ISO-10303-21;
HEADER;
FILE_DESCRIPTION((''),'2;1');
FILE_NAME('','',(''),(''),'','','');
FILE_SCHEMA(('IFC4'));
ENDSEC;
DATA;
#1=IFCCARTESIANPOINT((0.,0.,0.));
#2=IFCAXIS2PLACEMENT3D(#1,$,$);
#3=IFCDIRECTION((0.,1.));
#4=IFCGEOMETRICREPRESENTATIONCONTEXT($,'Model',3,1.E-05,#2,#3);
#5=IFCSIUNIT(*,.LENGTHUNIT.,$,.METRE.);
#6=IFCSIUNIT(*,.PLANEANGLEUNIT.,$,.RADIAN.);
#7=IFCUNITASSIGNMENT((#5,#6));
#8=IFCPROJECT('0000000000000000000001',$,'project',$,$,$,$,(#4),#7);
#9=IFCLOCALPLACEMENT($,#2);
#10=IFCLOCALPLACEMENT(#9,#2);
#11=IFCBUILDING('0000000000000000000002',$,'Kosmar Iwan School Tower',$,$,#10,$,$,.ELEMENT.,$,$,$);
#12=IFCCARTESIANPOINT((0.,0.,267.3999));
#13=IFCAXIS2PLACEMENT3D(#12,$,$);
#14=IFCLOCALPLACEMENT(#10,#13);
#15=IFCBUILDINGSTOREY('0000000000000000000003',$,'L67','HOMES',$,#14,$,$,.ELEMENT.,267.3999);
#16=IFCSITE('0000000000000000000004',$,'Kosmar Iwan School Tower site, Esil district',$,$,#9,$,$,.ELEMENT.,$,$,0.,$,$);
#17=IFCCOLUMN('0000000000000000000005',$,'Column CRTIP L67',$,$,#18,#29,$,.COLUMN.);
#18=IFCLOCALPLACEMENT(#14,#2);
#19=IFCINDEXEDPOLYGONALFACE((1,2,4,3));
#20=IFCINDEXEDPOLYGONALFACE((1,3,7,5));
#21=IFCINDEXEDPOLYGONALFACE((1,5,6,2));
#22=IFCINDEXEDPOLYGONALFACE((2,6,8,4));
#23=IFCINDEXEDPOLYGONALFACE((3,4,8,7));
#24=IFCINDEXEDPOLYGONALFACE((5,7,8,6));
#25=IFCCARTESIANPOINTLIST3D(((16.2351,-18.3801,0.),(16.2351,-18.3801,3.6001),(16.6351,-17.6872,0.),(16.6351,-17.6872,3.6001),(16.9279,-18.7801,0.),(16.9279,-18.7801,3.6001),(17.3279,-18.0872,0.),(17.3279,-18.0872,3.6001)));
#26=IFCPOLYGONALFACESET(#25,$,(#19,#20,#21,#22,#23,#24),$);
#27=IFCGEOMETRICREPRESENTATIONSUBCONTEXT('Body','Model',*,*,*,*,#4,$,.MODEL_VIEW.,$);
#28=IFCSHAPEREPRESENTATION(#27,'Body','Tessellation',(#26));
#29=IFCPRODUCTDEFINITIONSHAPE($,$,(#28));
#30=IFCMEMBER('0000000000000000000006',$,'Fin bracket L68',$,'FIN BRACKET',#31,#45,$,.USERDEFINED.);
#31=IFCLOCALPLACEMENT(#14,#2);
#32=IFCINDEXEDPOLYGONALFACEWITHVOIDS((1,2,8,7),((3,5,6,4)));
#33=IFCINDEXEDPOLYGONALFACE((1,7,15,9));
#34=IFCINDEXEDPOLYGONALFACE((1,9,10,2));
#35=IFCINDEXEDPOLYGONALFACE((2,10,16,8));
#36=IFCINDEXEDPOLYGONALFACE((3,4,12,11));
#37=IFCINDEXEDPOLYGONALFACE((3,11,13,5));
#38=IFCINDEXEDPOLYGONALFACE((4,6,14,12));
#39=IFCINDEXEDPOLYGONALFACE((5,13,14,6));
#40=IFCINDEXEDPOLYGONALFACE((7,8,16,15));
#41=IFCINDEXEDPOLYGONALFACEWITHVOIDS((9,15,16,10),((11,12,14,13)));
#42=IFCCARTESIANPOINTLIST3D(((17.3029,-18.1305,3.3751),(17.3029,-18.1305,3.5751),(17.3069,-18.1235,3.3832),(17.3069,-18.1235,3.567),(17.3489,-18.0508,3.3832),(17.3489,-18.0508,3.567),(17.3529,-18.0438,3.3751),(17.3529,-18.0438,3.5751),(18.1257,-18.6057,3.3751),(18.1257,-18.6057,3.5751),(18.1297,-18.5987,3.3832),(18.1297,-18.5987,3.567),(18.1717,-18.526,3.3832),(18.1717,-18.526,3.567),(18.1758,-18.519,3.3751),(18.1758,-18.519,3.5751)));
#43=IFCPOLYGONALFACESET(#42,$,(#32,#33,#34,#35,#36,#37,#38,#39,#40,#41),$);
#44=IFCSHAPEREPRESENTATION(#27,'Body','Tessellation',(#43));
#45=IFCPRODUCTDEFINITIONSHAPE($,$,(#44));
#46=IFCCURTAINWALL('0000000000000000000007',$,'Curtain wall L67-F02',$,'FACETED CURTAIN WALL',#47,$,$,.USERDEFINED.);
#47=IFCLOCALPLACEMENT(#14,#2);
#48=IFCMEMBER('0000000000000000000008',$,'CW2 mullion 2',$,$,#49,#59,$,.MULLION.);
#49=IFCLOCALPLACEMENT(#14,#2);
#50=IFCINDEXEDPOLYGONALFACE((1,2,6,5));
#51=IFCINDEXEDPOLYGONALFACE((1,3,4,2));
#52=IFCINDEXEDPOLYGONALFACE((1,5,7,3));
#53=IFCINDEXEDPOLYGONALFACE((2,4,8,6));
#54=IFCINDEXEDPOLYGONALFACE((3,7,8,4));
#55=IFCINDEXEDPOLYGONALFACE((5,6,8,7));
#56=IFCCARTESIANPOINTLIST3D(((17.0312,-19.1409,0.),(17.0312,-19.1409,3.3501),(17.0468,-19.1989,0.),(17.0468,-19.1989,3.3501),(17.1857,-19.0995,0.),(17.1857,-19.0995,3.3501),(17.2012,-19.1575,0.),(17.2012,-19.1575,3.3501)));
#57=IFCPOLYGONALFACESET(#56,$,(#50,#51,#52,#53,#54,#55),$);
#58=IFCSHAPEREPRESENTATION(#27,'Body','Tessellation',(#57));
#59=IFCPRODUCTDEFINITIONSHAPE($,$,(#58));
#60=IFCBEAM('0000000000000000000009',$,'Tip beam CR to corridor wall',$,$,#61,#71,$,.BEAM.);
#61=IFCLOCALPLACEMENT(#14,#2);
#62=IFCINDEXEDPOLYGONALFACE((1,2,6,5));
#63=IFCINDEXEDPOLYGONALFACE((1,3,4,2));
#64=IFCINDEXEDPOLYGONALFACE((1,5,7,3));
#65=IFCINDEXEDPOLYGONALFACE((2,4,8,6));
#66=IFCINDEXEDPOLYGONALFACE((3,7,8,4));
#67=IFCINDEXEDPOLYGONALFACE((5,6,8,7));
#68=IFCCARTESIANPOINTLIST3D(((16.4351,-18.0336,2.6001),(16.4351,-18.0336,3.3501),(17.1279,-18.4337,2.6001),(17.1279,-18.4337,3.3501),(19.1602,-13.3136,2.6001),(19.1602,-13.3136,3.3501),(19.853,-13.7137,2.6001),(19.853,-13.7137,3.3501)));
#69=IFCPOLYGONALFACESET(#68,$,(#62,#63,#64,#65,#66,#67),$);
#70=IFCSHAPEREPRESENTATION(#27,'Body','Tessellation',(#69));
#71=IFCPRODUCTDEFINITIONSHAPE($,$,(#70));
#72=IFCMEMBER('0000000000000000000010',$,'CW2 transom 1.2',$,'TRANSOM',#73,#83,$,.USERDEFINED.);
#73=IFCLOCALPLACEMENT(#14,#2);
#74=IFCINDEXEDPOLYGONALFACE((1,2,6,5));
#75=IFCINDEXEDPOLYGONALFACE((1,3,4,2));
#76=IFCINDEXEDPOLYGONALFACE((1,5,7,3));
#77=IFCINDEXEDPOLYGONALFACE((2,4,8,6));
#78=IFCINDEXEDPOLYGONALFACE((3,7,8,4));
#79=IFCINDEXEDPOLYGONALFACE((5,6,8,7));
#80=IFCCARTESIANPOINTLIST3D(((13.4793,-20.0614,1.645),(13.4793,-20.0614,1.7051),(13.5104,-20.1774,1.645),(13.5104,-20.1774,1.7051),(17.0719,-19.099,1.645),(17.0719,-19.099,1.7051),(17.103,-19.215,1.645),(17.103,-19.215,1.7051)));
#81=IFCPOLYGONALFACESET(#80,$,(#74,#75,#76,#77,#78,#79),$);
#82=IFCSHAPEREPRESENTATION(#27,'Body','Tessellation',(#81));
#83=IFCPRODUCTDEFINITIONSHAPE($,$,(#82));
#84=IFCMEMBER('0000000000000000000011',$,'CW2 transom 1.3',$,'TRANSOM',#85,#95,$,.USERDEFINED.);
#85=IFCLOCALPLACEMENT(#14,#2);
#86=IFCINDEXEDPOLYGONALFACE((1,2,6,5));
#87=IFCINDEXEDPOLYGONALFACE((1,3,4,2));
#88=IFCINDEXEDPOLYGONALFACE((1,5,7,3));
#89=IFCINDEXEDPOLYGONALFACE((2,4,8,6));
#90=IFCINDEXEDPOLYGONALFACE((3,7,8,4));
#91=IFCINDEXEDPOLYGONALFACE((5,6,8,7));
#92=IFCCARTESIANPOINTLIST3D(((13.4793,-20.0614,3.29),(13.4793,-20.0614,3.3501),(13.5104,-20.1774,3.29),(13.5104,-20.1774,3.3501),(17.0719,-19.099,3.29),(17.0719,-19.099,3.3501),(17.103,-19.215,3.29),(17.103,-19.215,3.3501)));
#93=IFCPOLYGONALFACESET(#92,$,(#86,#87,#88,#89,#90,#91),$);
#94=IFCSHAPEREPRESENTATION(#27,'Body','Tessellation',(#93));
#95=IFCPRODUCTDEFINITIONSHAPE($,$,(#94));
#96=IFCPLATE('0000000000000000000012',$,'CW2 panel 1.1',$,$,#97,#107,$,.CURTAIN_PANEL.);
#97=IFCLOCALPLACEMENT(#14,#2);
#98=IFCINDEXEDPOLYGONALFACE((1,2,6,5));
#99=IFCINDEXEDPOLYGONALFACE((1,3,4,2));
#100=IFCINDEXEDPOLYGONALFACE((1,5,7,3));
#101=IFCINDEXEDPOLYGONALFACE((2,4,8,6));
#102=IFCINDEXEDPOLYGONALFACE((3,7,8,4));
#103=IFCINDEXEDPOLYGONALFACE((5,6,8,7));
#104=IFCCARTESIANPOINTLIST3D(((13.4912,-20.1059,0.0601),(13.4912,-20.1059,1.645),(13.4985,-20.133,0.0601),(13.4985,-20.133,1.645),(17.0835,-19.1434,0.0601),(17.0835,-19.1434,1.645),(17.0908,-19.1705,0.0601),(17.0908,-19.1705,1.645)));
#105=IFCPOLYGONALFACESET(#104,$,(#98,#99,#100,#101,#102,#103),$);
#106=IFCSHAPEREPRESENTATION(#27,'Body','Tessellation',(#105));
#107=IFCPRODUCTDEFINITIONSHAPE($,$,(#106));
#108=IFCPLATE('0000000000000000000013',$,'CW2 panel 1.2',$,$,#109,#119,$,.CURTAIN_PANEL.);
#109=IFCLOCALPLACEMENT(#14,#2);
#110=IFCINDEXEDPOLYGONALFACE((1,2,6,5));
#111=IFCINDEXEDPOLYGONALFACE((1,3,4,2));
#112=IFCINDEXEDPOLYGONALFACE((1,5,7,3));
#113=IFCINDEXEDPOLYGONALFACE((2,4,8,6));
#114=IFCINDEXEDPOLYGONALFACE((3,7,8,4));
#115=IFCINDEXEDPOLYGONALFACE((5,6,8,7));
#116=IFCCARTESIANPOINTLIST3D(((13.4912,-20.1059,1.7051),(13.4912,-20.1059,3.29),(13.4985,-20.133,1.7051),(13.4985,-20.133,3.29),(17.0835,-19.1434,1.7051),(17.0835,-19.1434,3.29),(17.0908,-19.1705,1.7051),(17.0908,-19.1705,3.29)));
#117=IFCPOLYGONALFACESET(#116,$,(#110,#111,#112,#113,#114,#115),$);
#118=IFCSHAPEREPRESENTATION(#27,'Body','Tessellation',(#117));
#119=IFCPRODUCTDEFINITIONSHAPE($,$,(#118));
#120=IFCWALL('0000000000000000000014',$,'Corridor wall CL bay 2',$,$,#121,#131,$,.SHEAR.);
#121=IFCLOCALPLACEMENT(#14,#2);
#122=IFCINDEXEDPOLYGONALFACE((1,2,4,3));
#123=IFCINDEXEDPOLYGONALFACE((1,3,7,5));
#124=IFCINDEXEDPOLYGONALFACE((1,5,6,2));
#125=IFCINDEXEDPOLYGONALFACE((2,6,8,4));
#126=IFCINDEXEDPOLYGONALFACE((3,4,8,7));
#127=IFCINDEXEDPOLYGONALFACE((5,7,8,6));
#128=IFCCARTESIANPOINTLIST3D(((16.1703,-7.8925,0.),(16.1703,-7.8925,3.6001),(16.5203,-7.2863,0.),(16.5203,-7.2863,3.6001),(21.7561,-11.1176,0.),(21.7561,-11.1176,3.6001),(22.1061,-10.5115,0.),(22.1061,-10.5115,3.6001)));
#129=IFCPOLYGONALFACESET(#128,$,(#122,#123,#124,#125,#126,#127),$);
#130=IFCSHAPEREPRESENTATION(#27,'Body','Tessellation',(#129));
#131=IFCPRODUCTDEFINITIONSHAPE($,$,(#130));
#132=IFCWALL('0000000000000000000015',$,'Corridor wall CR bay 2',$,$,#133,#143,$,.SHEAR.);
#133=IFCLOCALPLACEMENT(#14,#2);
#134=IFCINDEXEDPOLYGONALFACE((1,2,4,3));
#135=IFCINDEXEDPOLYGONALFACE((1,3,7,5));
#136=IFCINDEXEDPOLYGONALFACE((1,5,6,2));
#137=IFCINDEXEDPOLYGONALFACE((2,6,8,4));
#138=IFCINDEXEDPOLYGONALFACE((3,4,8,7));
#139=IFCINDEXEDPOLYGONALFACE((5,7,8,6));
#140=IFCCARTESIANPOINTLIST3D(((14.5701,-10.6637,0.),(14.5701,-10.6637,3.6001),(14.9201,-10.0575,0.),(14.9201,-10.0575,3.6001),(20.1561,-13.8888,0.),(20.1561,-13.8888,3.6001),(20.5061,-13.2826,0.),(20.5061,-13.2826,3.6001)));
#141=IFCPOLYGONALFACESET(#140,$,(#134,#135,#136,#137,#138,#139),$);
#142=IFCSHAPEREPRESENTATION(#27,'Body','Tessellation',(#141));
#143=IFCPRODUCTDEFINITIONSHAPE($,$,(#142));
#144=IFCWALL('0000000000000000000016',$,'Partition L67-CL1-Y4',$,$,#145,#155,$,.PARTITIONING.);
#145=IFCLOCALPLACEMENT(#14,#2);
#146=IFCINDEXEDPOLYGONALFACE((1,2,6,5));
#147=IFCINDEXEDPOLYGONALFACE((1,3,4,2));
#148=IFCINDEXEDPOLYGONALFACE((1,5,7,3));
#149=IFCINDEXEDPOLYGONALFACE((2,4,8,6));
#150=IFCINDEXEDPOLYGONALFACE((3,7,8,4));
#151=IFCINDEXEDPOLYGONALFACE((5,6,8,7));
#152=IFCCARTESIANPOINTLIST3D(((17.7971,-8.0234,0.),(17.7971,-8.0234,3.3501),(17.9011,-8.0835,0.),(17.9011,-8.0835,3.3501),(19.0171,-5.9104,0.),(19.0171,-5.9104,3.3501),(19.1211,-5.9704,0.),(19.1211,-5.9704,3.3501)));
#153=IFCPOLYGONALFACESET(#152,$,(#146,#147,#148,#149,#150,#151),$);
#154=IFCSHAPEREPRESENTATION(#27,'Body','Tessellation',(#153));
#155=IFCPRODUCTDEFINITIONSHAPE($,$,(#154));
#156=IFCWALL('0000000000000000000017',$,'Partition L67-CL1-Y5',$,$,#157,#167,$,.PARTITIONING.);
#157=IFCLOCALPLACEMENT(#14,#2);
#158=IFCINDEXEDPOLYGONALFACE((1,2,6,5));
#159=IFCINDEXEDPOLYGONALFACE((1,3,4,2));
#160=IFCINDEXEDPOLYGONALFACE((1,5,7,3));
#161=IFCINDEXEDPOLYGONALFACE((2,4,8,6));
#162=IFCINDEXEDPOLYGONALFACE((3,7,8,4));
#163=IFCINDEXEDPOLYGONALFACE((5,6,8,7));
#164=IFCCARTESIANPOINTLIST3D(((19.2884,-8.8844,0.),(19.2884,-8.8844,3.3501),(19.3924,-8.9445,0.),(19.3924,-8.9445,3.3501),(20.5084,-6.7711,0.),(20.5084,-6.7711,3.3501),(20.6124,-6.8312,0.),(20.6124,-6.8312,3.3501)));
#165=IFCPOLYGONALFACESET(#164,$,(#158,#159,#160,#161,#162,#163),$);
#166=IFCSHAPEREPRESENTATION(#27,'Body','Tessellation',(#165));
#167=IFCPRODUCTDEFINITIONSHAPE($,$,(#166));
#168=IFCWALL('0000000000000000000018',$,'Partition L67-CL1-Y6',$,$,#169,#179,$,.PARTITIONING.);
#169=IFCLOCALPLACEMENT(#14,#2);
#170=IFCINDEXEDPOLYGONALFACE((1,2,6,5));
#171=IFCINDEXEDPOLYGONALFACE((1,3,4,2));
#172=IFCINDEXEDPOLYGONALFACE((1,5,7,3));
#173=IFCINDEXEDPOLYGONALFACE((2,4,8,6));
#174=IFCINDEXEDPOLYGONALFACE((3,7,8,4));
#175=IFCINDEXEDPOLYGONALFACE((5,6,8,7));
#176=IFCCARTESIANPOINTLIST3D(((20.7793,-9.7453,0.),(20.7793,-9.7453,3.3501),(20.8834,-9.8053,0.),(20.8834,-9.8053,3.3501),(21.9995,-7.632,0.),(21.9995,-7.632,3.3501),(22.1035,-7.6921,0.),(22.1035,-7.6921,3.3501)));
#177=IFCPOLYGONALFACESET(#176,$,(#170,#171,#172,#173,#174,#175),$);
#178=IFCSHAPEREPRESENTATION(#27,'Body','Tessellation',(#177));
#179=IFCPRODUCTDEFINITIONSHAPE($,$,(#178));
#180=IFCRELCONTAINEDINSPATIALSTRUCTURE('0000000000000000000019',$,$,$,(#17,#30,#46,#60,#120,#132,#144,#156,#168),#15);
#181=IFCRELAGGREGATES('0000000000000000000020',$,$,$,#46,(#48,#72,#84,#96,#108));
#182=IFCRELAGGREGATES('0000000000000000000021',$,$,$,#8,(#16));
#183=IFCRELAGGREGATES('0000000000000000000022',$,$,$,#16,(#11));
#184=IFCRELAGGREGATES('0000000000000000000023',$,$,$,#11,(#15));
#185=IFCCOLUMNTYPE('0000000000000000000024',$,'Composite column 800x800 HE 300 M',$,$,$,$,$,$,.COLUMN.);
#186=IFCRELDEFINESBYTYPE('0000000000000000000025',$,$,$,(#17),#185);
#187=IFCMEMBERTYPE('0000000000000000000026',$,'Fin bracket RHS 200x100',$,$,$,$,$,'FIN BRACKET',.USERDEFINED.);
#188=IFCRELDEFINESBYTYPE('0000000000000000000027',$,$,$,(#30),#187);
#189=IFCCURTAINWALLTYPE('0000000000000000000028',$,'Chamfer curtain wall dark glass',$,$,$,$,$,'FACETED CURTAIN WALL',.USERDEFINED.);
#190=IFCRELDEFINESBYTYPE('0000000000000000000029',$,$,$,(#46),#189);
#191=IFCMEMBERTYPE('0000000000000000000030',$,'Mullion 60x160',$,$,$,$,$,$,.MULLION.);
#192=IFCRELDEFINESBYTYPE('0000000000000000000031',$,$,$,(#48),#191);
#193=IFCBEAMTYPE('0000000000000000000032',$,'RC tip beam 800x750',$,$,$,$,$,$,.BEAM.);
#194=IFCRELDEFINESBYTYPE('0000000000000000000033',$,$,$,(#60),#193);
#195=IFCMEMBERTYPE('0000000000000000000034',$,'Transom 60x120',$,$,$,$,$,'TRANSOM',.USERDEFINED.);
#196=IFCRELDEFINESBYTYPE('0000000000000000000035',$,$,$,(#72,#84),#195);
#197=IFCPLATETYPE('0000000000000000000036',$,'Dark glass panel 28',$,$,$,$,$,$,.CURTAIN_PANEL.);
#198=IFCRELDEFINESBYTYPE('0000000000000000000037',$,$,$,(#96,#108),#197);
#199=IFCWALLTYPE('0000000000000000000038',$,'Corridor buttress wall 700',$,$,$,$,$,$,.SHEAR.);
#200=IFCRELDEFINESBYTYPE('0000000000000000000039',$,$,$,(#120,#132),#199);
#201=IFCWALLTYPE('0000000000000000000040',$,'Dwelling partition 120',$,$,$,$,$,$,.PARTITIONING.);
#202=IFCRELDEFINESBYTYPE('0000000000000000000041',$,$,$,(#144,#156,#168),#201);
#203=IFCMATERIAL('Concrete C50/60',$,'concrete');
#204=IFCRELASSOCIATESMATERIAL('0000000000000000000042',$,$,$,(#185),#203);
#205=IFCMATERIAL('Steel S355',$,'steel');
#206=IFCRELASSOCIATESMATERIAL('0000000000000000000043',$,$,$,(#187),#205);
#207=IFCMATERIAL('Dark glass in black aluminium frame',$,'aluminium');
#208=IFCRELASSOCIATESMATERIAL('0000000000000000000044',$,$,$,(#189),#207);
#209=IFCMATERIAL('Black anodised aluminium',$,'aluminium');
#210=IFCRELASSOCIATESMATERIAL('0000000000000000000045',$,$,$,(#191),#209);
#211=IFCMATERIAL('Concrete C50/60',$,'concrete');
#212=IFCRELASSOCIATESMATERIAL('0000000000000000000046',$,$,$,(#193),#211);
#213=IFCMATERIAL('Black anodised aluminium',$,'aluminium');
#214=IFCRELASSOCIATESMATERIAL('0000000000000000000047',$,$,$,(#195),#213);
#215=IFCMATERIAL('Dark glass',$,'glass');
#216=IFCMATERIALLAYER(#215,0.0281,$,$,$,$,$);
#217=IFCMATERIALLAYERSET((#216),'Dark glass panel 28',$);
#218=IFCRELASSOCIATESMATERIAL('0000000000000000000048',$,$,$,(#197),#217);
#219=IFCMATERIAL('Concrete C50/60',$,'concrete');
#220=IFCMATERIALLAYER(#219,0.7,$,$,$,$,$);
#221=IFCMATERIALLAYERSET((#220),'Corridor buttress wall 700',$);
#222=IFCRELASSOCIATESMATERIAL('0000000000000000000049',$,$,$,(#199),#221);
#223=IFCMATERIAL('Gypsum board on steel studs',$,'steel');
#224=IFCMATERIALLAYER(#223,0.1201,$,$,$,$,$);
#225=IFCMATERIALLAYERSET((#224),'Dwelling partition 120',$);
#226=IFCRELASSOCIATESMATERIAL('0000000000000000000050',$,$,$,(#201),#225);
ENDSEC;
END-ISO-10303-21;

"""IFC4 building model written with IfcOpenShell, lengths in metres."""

from ifc_helpers import new_model, si_unit, direction, frame, frame_2d, origin, origin_2d, place, context, subcontext, project, spatial, rectangle, hollow_rectangle, extrude, material, layer, layer_set, material_profile, profile_set, type_object, element, aggregate, save


model = new_model("IFC4")

# Units and contexts
model_context = context("Model", 3, precision=1e-05, world=origin(), true_north=direction((0.0, 1.0)))
body_context = subcontext(model_context, "Body", "Model", "MODEL_VIEW")
ifc_project = project(units=[si_unit("LENGTHUNIT", "METRE"), si_unit("PLANEANGLEUNIT", "RADIAN")], contexts=[model_context])

# Site, building, storey
site_placement = place(None, origin())
site = spatial("IfcSite", under=ifc_project, at=site_placement, Name="Kosmar Iwan School Tower site, Esil district", CompositionType="ELEMENT", RefElevation=0.0)
building_placement = place(site_placement, origin())
building = spatial("IfcBuilding", under=site, at=building_placement, Name="Kosmar Iwan School Tower", CompositionType="ELEMENT")
storey_placement = place(building_placement, frame((0.0, 0.0, 267.3999)))
storey = spatial("IfcBuildingStorey", under=building, at=storey_placement, Name="L67", Description="HOMES", CompositionType="ELEMENT", Elevation=267.3999)

# Column
ifc_material_1 = material(Name="Concrete C50/60", Category="concrete")
ifc_material_profile_1 = material_profile(ifc_material_1, rectangle(XDim=0.8, YDim=0.8, at=origin_2d()), Name="RC 800x800 + HE 300 M")
ifc_profile_set_1 = profile_set([ifc_material_profile_1], Name="Concrete C50/60")
column_type = type_object("IfcColumnType", Name="Composite column 800x800 HE 300 M", PredefinedType="COLUMN", material=ifc_profile_set_1)
column_placement = place(storey_placement, frame((16.7815, -18.2336, 0.0), z_axis=(0.0, 0.0, 1.0), x_axis=(0.866025, -0.5, 0.0)))
element("IfcColumn", 1, at=column_placement, inside=storey, type_object=column_type, Name="Column CRTIP L67", PredefinedType="COLUMN", context=body_context, shape_type="SweptSolid", body=[
    extrude(rectangle(XDim=0.8, YDim=0.8, at=origin_2d()), origin(), (0.0, 0.0, 1.0), 3.6001),
])

# Member
ifc_material_2 = material(Name="Steel S355", Category="steel")
ifc_material_profile_2 = material_profile(ifc_material_2, hollow_rectangle(XDim=0.1001, YDim=0.2, WallThickness=0.0081, at=origin_2d()), Name="RHS 200x100x8")
ifc_profile_set_2 = profile_set([ifc_material_profile_2], Name="Steel S355")
member_type_1 = type_object("IfcMemberType", Name="Fin bracket RHS 200x100", ElementType="FIN BRACKET", PredefinedType="USERDEFINED", material=ifc_profile_set_2)
member_1_placement = place(storey_placement, frame((17.3279, -18.0872, 3.4751), z_axis=(0.865989, -0.500064, 0.0), x_axis=(0.500064, 0.865989, 0.0)))
element("IfcMember", 2, at=member_1_placement, inside=storey, type_object=member_type_1, Name="Fin bracket L68", ObjectType="FIN BRACKET", PredefinedType="USERDEFINED", context=body_context, shape_type="SweptSolid", body=[
    extrude(hollow_rectangle(XDim=0.1001, YDim=0.2, WallThickness=0.0081, at=origin_2d()), origin(), (0.0, 0.0, 1.0), 0.9502),
])

# Curtain wall, member
ifc_material_3 = material(Name="Dark glass in black aluminium frame", Category="aluminium")
curtain_wall_type = type_object("IfcCurtainWallType", Name="Chamfer curtain wall dark glass", ElementType="FACETED CURTAIN WALL", PredefinedType="USERDEFINED", material=ifc_material_3)
curtain_wall_placement = place(storey_placement, origin())
curtain_wall = element("IfcCurtainWall", 3, at=curtain_wall_placement, inside=storey, type_object=curtain_wall_type, Name="Curtain wall L67-F02", ObjectType="FACETED CURTAIN WALL", PredefinedType="USERDEFINED")
ifc_material_4 = material(Name="Black anodised aluminium", Category="aluminium")
ifc_material_profile_3 = material_profile(ifc_material_4, rectangle(XDim=0.0601, YDim=0.1599, at=origin_2d()), Name="MULLION 60x160")
ifc_profile_set_3 = profile_set([ifc_material_profile_3], Name="Black anodised aluminium")
member_type_2 = type_object("IfcMemberType", Name="Mullion 60x160", PredefinedType="MULLION", material=ifc_profile_set_3)
member_2_placement = place(storey_placement, frame((17.1162, -19.1492, 0.0), z_axis=(0.0, 0.0, 1.0), x_axis=(-0.258819, 0.965926, 0.0)))
member_2 = element("IfcMember", 4, at=member_2_placement, type_object=member_type_2, Name="CW2 mullion 2", PredefinedType="MULLION", context=body_context, shape_type="SweptSolid", body=[
    extrude(rectangle(XDim=0.0601, YDim=0.1599, at=origin_2d()), origin(), (0.0, 0.0, 1.0), 3.3501),
])

# Beam
ifc_material_5 = material(Name="Concrete C50/60", Category="concrete")
ifc_material_profile_4 = material_profile(ifc_material_5, rectangle(XDim=0.8, YDim=0.75, at=origin_2d()), Name="RC 800x750")
ifc_profile_set_4 = profile_set([ifc_material_profile_4], Name="Concrete C50/60")
beam_type = type_object("IfcBeamType", Name="RC tip beam 800x750", PredefinedType="BEAM", material=ifc_profile_set_4)
beam_placement = place(storey_placement, frame((16.7815, -18.2336, 2.9751), z_axis=(0.500003, 0.866024, 0.0), x_axis=(-0.866024, 0.500003, 0.0)))
element("IfcBeam", 5, at=beam_placement, inside=storey, type_object=beam_type, Name="Tip beam CR to corridor wall", PredefinedType="BEAM", context=body_context, shape_type="SweptSolid", body=[
    extrude(rectangle(XDim=0.8, YDim=0.75, at=origin_2d()), origin(), (0.0, 0.0, 1.0), 5.4502),
])

# Members
ifc_material_6 = material(Name="Black anodised aluminium", Category="aluminium")
ifc_material_profile_5 = material_profile(ifc_material_6, rectangle(XDim=0.1201, YDim=0.0601, at=origin_2d()), Name="TRANSOM 60x120")
ifc_profile_set_5 = profile_set([ifc_material_profile_5], Name="Black anodised aluminium")
member_type_3 = type_object("IfcMemberType", Name="Transom 60x120", ElementType="TRANSOM", PredefinedType="USERDEFINED", material=ifc_profile_set_5)
member_3_placement = place(storey_placement, frame((13.4949, -20.1194, 1.675), z_axis=(0.96594, 0.258766, 0.0), x_axis=(-0.258766, 0.96594, 0.0)))
member_3 = element("IfcMember", 6, at=member_3_placement, type_object=member_type_3, Name="CW2 transom 1.2", ObjectType="TRANSOM", PredefinedType="USERDEFINED", context=body_context, shape_type="SweptSolid", body=[
    extrude(rectangle(XDim=0.1201, YDim=0.0601, at=origin_2d()), origin(), (0.0, 0.0, 1.0), 3.7192),
])
member_4_placement = place(storey_placement, frame((13.4949, -20.1194, 3.3201), z_axis=(0.96594, 0.258766, 0.0), x_axis=(-0.258766, 0.96594, 0.0)))
member_4 = element("IfcMember", 7, at=member_4_placement, type_object=member_type_3, Name="CW2 transom 1.3", ObjectType="TRANSOM", PredefinedType="USERDEFINED", context=body_context, shape_type="SweptSolid", body=[
    extrude(rectangle(XDim=0.1201, YDim=0.0601, at=origin_2d()), origin(), (0.0, 0.0, 1.0), 3.7192),
])

# Plates
ifc_material_7 = material(Name="Dark glass", Category="glass")
ifc_layer_1 = layer(ifc_material_7, 0.0281)
ifc_layer_set_1 = layer_set([ifc_layer_1], Name="Dark glass panel 28")
plate_type = type_object("IfcPlateType", Name="Dark glass panel 28", PredefinedType="CURTAIN_PANEL", material=ifc_layer_set_1)
plate_1_placement = place(storey_placement, frame((15.291, -19.6382, 0.0601), z_axis=(0.0, 0.0, 1.0), x_axis=(0.965926, 0.258819, 0.0)))
plate_1 = element("IfcPlate", 8, at=plate_1_placement, type_object=plate_type, Name="CW2 panel 1.1", PredefinedType="CURTAIN_PANEL", context=body_context, shape_type="SweptSolid", body=[
    extrude(rectangle(XDim=3.719, YDim=0.0281, at=origin_2d()), origin(), (0.0, 0.0, 1.0), 1.585),
])
plate_2_placement = place(storey_placement, frame((15.291, -19.6382, 1.7051), z_axis=(0.0, 0.0, 1.0), x_axis=(0.965926, 0.258819, 0.0)))
plate_2 = element("IfcPlate", 9, at=plate_2_placement, type_object=plate_type, Name="CW2 panel 1.2", PredefinedType="CURTAIN_PANEL", context=body_context, shape_type="SweptSolid", body=[
    extrude(rectangle(XDim=3.719, YDim=0.0281, at=origin_2d()), origin(), (0.0, 0.0, 1.0), 1.585),
])
aggregate(curtain_wall, [member_2, member_3, member_4, plate_1, plate_2])

# Walls
ifc_material_8 = material(Name="Concrete C50/60", Category="concrete")
ifc_layer_2 = layer(ifc_material_8, 0.7)
ifc_layer_set_2 = layer_set([ifc_layer_2], Name="Corridor buttress wall 700")
wall_type_1 = type_object("IfcWallType", Name="Corridor buttress wall 700", PredefinedType="SHEAR", material=ifc_layer_set_2)
wall_1_placement = place(storey_placement, frame((16.3452, -7.5894, 0.0), z_axis=(0.0, 0.0, 1.0), x_axis=(0.866012, -0.500023, 0.0)))
element("IfcWall", 10, at=wall_1_placement, inside=storey, type_object=wall_type_1, Name="Corridor wall CL bay 2", PredefinedType="SHEAR", context=body_context, shape_type="SweptSolid", body=[
    extrude(rectangle(XDim=6.45, YDim=0.7, at=frame_2d((3.2251, 0.0))), origin(), (0.0, 0.0, 1.0), 3.6001),
])
wall_2_placement = place(storey_placement, frame((14.7451, -10.3606, 0.0), z_axis=(0.0, 0.0, 1.0), x_axis=(0.866022, -0.500006, 0.0)))
element("IfcWall", 11, at=wall_2_placement, inside=storey, type_object=wall_type_1, Name="Corridor wall CR bay 2", PredefinedType="SHEAR", context=body_context, shape_type="SweptSolid", body=[
    extrude(rectangle(XDim=6.4502, YDim=0.7, at=frame_2d((3.2251, 0.0))), origin(), (0.0, 0.0, 1.0), 3.6001),
])
ifc_material_9 = material(Name="Gypsum board on steel studs", Category="steel")
ifc_layer_3 = layer(ifc_material_9, 0.1201)
ifc_layer_set_3 = layer_set([ifc_layer_3], Name="Dwelling partition 120")
wall_type_2 = type_object("IfcWallType", Name="Dwelling partition 120", PredefinedType="PARTITIONING", material=ifc_layer_set_3)
wall_3_placement = place(storey_placement, frame((17.8491, -8.0535, 0.0), z_axis=(0.0, 0.0, 1.0), x_axis=(0.500003, 0.866024, 0.0)))
element("IfcWall", 12, at=wall_3_placement, inside=storey, type_object=wall_type_2, Name="Partition L67-CL1-Y4", PredefinedType="PARTITIONING", context=body_context, shape_type="SweptSolid", body=[
    extrude(rectangle(XDim=2.4399, YDim=0.1201, at=frame_2d((1.22, 0.0))), origin(), (0.0, 0.0, 1.0), 3.3501),
])
for number, where, z_axis, x_axis, name in (
    (13, (19.3403, -8.9146, 0.0), (0.0, 0.0, 1.0), (0.499959, 0.866049, 0.0), "Partition L67-CL1-Y5"),
    (14, (20.8313, -9.7754, 0.0), (0.0, 0.0, 1.0), (0.500034, 0.866006, 0.0), "Partition L67-CL1-Y6"),
):
    element("IfcWall", number, at=place(storey_placement, frame(where, z_axis=z_axis, x_axis=x_axis)), inside=storey, type_object=wall_type_2, Name=name, PredefinedType="PARTITIONING", context=body_context, shape_type="SweptSolid", body=[
        extrude(rectangle(XDim=2.4402, YDim=0.1201, at=frame_2d((1.2202, 0.0))), origin(), (0.0, 0.0, 1.0), 3.3501),
    ])

save(model, "model.ifc")
